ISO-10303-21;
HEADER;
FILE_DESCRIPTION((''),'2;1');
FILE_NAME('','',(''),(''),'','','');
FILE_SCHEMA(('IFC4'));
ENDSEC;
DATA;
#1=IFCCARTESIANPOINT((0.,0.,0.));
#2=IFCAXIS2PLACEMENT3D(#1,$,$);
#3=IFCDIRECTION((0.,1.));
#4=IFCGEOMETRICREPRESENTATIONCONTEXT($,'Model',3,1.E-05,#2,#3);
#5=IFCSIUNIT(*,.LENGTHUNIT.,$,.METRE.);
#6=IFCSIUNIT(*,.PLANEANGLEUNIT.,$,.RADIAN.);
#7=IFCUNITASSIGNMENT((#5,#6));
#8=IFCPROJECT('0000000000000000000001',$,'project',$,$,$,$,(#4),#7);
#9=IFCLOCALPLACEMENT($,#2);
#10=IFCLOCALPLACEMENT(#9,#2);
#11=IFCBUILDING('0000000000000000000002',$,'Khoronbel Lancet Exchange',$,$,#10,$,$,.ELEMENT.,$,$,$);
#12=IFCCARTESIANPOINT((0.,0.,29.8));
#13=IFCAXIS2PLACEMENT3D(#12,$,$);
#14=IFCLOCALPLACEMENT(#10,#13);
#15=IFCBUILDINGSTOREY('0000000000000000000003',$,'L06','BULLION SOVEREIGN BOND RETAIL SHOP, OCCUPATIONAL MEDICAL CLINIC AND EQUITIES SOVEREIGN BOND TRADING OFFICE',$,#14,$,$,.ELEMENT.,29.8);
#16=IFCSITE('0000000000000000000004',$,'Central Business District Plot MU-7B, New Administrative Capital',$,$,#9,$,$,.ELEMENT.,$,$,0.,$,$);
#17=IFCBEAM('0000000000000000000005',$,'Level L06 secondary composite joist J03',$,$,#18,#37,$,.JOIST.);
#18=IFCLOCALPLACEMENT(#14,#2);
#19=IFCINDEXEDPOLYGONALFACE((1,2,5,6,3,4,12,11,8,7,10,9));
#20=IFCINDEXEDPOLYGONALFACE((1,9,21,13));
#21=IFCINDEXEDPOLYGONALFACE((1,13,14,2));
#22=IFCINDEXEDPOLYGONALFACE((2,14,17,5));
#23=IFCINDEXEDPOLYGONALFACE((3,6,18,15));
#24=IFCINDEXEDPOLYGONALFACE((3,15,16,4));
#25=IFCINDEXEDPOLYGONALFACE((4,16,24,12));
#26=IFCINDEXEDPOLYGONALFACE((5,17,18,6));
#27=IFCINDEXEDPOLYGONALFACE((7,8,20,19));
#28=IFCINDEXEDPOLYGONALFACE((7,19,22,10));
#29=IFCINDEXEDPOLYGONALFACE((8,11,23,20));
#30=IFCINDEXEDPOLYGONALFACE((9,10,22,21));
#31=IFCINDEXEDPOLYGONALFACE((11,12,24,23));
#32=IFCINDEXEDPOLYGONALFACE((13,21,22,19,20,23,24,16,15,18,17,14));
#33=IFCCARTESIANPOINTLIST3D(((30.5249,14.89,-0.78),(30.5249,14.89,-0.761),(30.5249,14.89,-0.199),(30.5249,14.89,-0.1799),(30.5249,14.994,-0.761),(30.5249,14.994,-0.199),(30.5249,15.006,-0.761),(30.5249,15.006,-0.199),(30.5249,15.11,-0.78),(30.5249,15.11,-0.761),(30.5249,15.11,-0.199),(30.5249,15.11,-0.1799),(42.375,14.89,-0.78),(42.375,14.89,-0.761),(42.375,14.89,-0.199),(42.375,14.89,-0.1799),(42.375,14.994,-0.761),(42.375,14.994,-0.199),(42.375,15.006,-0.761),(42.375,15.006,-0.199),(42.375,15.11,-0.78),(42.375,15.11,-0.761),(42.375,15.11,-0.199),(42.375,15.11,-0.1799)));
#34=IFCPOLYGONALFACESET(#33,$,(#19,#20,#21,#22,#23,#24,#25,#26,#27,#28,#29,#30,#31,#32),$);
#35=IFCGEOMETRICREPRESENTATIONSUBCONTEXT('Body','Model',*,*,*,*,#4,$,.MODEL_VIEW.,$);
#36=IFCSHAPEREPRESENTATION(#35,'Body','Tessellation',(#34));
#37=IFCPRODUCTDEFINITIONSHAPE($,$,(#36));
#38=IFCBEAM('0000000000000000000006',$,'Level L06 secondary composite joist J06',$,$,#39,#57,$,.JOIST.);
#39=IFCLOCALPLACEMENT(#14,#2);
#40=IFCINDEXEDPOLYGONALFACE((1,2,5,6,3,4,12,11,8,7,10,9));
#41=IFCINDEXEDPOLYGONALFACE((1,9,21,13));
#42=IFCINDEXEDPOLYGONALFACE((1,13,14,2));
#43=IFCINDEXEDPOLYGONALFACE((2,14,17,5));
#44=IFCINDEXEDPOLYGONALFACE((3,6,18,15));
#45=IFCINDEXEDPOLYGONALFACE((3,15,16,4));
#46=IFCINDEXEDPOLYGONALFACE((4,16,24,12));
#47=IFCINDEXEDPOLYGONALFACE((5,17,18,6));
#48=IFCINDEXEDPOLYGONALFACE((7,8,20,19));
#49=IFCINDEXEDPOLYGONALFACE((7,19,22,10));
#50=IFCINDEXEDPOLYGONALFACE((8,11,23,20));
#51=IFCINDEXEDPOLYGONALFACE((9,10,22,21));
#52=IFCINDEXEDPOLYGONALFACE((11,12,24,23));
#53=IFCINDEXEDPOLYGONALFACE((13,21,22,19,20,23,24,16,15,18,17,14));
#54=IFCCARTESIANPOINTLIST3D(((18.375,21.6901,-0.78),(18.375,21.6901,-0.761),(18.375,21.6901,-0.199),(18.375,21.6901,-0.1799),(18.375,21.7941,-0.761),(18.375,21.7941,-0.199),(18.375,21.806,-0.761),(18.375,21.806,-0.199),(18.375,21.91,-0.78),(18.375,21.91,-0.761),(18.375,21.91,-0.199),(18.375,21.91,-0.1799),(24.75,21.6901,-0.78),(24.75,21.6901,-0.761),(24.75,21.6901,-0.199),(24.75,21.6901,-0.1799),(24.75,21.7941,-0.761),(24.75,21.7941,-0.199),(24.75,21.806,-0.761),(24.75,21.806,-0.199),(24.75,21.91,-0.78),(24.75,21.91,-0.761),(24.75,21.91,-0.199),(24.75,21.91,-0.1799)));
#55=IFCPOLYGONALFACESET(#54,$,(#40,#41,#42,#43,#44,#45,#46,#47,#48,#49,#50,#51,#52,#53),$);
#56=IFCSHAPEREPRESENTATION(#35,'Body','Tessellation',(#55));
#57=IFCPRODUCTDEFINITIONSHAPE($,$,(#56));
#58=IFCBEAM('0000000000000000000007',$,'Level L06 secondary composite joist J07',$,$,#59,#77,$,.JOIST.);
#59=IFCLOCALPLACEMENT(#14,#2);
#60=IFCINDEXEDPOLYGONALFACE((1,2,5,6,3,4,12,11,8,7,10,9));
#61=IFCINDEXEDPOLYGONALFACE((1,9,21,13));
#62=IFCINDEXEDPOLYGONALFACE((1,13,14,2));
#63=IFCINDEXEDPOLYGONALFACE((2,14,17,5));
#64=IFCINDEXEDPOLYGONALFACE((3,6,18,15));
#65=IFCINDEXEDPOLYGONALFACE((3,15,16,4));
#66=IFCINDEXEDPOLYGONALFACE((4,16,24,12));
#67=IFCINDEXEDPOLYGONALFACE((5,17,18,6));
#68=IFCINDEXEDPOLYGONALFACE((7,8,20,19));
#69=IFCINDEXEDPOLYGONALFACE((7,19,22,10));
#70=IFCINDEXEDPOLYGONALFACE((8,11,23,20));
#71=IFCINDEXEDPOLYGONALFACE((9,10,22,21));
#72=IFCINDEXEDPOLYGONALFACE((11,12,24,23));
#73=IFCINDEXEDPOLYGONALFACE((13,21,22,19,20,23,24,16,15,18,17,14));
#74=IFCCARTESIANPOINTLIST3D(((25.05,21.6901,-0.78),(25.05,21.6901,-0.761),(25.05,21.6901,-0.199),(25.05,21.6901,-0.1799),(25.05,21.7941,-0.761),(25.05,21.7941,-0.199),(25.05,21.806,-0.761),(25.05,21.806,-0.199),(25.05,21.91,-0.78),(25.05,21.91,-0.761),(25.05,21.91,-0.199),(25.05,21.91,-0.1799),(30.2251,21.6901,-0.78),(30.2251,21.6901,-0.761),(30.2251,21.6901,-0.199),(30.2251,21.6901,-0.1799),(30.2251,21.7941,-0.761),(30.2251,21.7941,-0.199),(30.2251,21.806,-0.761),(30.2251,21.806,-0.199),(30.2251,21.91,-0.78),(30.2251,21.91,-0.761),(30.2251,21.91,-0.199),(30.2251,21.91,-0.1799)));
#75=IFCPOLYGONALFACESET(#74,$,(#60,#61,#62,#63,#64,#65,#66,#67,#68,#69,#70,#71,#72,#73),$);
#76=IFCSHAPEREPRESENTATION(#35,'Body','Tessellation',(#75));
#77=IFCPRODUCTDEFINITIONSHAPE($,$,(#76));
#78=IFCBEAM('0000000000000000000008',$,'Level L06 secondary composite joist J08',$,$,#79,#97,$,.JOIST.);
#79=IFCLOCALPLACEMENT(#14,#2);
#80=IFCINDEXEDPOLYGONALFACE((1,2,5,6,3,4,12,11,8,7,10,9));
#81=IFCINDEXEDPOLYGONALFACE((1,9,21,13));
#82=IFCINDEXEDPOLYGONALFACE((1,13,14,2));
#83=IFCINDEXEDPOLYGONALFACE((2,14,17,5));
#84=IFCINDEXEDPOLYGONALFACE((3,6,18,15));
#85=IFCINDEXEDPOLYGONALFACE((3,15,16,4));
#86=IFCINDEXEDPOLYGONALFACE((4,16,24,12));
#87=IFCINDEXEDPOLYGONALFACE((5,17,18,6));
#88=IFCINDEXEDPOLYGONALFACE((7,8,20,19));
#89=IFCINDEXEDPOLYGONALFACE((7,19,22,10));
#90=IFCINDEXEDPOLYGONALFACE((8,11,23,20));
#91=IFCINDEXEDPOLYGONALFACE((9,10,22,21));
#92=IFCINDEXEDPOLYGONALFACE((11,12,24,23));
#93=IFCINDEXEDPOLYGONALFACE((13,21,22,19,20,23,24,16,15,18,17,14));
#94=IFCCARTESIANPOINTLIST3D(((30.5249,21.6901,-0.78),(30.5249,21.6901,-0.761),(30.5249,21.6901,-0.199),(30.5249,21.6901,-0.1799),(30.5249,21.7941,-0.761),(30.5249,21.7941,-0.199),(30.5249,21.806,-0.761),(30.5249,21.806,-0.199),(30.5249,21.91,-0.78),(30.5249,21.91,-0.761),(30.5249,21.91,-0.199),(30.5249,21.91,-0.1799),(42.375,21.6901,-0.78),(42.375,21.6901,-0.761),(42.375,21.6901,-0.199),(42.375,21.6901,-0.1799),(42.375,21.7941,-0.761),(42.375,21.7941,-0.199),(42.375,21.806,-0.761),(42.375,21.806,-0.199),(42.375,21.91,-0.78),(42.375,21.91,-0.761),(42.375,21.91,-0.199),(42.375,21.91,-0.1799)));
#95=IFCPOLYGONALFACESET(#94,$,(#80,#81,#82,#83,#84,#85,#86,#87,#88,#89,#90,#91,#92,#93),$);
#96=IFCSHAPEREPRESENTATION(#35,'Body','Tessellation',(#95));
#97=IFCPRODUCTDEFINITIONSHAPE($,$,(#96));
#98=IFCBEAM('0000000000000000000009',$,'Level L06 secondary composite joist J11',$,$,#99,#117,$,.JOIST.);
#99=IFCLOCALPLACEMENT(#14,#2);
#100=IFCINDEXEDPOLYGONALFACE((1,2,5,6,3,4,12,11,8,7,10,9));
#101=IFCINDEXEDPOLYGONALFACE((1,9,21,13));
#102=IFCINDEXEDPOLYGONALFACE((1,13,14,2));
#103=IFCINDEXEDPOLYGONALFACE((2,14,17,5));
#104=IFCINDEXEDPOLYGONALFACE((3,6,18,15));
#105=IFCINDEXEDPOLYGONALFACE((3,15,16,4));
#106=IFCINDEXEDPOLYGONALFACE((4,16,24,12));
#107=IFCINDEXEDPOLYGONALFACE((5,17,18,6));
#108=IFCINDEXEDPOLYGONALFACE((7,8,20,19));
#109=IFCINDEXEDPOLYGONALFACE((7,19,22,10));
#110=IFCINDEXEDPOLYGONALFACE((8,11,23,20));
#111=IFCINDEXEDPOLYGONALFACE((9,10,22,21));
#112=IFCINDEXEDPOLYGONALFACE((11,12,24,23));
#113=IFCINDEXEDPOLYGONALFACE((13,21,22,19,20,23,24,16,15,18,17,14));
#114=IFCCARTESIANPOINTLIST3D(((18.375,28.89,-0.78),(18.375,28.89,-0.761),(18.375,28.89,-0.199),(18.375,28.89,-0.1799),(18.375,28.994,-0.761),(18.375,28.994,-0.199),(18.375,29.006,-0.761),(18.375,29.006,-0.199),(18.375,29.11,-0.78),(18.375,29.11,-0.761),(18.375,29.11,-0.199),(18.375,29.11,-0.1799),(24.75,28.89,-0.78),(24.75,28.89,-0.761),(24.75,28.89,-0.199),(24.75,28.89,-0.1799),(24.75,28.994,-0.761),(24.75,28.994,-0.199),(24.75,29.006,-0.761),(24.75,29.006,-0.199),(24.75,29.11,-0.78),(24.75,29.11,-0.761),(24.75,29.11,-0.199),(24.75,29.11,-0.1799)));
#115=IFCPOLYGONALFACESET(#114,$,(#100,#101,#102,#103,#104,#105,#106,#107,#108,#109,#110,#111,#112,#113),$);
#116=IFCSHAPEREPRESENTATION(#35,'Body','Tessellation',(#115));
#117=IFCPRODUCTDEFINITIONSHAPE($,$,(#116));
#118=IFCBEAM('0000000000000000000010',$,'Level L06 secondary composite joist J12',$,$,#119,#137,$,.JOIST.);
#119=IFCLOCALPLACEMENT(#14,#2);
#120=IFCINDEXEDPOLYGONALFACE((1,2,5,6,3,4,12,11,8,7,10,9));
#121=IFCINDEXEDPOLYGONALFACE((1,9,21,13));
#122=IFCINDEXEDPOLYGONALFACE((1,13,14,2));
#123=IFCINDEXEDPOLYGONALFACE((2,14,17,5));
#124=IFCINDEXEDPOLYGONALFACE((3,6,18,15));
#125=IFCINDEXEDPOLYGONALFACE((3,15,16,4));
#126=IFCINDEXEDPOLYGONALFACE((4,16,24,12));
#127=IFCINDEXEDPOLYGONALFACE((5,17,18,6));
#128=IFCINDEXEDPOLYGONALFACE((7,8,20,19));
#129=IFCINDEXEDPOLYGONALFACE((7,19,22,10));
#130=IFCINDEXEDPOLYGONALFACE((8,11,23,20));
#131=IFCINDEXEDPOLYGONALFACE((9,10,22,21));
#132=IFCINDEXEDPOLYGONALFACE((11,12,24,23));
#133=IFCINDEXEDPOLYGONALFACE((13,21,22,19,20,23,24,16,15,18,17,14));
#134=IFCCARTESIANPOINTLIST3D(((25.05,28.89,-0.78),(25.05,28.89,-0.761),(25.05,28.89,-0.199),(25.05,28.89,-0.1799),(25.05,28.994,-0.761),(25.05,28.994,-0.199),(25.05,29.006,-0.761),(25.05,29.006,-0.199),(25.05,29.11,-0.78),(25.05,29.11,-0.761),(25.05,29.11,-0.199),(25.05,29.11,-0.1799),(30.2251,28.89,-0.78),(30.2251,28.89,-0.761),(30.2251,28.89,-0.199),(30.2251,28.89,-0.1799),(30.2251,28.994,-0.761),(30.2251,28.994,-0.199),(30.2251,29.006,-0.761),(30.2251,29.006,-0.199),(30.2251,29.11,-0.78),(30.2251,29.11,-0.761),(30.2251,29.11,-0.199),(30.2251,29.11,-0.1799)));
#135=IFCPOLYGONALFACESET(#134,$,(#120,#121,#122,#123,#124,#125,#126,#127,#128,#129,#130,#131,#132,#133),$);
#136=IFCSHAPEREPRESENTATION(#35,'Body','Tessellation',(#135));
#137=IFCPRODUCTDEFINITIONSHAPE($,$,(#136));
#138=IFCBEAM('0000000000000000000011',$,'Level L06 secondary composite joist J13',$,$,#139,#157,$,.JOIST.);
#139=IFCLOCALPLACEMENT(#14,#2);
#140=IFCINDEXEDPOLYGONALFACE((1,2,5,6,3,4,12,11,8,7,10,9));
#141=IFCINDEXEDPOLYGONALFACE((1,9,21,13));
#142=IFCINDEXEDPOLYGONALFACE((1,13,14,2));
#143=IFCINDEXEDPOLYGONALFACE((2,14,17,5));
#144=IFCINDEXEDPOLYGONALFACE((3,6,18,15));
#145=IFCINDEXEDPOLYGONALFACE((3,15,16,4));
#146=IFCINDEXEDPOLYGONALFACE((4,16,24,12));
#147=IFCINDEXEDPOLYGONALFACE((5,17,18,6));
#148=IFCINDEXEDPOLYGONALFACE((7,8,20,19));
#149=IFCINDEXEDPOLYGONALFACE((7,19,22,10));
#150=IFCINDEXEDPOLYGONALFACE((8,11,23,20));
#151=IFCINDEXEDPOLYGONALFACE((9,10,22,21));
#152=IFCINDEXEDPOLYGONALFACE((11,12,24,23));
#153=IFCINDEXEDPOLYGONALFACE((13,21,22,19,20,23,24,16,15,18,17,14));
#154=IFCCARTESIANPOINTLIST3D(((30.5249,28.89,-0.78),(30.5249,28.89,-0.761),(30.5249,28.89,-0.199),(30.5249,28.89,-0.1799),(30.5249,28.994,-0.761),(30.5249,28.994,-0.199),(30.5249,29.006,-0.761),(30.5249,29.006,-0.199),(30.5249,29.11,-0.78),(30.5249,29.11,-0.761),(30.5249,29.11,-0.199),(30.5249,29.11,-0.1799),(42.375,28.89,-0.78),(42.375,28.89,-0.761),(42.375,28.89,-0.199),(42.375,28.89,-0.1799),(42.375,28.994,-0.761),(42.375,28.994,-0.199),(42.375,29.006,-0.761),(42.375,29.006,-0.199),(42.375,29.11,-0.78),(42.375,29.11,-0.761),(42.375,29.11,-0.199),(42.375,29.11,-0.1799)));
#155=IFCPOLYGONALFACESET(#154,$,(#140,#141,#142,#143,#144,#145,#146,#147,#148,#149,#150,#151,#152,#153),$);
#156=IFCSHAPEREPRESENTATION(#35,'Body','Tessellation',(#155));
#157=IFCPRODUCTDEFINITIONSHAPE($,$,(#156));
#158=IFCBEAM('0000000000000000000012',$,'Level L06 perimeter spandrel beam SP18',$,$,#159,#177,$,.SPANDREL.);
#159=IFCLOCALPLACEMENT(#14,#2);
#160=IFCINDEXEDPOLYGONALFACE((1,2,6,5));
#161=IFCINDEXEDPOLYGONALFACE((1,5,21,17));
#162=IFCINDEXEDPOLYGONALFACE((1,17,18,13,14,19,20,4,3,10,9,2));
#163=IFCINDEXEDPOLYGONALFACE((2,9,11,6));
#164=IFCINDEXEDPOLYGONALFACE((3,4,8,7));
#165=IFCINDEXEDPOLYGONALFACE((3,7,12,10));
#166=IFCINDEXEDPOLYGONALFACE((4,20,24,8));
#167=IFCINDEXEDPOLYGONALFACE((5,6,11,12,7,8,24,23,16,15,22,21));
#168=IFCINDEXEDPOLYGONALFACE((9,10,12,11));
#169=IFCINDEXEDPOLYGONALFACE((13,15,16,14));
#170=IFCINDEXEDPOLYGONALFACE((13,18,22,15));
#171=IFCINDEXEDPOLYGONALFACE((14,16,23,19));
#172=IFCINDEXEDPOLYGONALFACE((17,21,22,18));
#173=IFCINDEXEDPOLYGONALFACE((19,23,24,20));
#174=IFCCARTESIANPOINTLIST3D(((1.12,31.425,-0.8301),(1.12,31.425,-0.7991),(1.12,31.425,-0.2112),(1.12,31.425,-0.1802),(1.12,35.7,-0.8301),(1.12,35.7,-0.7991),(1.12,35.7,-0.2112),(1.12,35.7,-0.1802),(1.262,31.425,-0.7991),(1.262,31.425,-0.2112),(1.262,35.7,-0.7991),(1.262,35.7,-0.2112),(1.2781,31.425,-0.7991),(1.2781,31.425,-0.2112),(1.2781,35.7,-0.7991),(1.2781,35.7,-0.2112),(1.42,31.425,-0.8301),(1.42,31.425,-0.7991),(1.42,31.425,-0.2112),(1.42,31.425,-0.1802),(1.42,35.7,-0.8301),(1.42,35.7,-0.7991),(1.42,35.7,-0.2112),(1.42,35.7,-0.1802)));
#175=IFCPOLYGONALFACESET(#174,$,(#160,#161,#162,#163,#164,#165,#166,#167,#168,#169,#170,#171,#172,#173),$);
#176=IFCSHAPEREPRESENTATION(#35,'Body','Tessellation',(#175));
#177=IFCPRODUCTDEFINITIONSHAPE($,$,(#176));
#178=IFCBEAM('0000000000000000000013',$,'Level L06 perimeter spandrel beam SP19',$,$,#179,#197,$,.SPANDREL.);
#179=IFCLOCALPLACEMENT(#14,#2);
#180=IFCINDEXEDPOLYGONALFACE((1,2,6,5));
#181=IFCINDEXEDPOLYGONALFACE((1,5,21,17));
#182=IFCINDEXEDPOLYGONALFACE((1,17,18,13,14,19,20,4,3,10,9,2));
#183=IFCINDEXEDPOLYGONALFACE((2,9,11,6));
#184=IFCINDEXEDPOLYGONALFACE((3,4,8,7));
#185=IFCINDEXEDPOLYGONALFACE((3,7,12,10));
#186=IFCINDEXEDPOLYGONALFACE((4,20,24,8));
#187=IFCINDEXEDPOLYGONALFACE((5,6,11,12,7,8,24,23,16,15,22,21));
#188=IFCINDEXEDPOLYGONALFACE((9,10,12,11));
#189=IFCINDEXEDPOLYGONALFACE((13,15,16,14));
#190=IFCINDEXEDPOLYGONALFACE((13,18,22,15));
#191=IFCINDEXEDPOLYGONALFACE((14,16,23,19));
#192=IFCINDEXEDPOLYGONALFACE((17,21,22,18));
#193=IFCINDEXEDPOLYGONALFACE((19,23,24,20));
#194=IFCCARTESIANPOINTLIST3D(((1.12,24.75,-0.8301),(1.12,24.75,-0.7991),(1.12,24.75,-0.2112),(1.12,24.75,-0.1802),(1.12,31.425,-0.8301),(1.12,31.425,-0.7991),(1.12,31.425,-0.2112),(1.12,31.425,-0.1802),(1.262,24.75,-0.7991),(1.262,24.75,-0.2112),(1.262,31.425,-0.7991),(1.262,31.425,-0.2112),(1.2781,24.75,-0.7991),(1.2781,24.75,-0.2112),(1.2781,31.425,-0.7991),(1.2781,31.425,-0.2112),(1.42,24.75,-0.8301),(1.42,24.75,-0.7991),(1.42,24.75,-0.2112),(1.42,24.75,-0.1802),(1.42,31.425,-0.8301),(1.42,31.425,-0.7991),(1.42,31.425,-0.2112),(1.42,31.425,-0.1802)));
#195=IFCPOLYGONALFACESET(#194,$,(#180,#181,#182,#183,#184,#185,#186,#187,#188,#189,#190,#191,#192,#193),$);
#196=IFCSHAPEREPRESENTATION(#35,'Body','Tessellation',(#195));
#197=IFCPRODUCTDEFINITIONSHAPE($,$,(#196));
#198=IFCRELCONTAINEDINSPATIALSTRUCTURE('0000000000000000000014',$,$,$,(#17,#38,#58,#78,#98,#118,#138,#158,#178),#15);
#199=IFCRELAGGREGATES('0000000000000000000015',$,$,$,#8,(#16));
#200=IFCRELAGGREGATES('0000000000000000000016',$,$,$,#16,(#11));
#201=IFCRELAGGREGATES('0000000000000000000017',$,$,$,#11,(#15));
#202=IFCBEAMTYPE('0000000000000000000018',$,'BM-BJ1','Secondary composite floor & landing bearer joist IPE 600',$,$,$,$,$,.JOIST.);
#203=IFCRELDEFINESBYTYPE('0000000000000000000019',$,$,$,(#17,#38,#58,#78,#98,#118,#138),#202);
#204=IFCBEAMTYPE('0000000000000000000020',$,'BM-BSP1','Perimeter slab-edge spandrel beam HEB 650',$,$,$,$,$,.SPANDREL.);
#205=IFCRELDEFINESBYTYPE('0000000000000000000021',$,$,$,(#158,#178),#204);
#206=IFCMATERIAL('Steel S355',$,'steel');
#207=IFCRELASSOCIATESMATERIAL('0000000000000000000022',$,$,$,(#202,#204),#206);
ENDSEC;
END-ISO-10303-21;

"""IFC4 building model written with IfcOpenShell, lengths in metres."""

from ifc_helpers import new_model, si_unit, direction, frame, origin, origin_2d, place, context, subcontext, project, spatial, i_section, extrude, material, material_profile, profile_set, type_object, element, save


model = new_model("IFC4")

# Units and contexts
model_context = context("Model", 3, precision=1e-05, world=origin(), true_north=direction((0.0, 1.0)))
body_context = subcontext(model_context, "Body", "Model", "MODEL_VIEW")
ifc_project = project(units=[si_unit("LENGTHUNIT", "METRE"), si_unit("PLANEANGLEUNIT", "RADIAN")], contexts=[model_context])

# Site, building, storey
site_placement = place(None, origin())
site = spatial("IfcSite", under=ifc_project, at=site_placement, Name="Central Business District Plot MU-7B, New Administrative Capital", CompositionType="ELEMENT", RefElevation=0.0)
building_placement = place(site_placement, origin())
building = spatial("IfcBuilding", under=site, at=building_placement, Name="Khoronbel Lancet Exchange", CompositionType="ELEMENT")
storey_placement = place(building_placement, frame((0.0, 0.0, 29.8)))
storey = spatial("IfcBuildingStorey", under=building, at=storey_placement, Name="L06", Description="BULLION SOVEREIGN BOND RETAIL SHOP, OCCUPATIONAL MEDICAL CLINIC AND EQUITIES SOVEREIGN BOND TRADING OFFICE", CompositionType="ELEMENT", Elevation=29.8)

# Shared definitions
ifc_material_1 = material(Name="Steel S355", Category="steel")

# Beams
ifc_material_profile_1 = material_profile(ifc_material_1, i_section(OverallWidth=0.22, OverallDepth=0.6001, WebThickness=0.012, FlangeThickness=0.019, at=origin_2d()), Name="IPE 600")
ifc_profile_set_1 = profile_set([ifc_material_profile_1], Name="Steel S355")
beam_type_1 = type_object("IfcBeamType", Name="BM-BJ1", Description="Secondary composite floor & landing bearer joist IPE 600", PredefinedType="JOIST", material=ifc_profile_set_1)
beam_1_placement = place(storey_placement, frame((30.5249, 15.0, -0.48), z_axis=(1.0, 0.0, 0.0), x_axis=(0.0, 1.0, 0.0)))
element("IfcBeam", 1, at=beam_1_placement, inside=storey, type_object=beam_type_1, Name="Level L06 secondary composite joist J03", PredefinedType="JOIST", context=body_context, shape_type="SweptSolid", body=[
    extrude(i_section(OverallWidth=0.22, OverallDepth=0.6001, WebThickness=0.012, FlangeThickness=0.019, at=origin_2d()), origin(), (0.0, 0.0, 1.0), 11.8501),
])
beam_2_placement = place(storey_placement, frame((18.375, 21.8, -0.48), z_axis=(1.0, 0.0, 0.0), x_axis=(0.0, 1.0, 0.0)))
element("IfcBeam", 2, at=beam_2_placement, inside=storey, type_object=beam_type_1, Name="Level L06 secondary composite joist J06", PredefinedType="JOIST", context=body_context, shape_type="SweptSolid", body=[
    extrude(i_section(OverallWidth=0.22, OverallDepth=0.6001, WebThickness=0.012, FlangeThickness=0.019, at=origin_2d()), origin(), (0.0, 0.0, 1.0), 6.375),
])
beam_3_placement = place(storey_placement, frame((25.05, 21.8, -0.48), z_axis=(1.0, 0.0, 0.0), x_axis=(0.0, 1.0, 0.0)))
element("IfcBeam", 3, at=beam_3_placement, inside=storey, type_object=beam_type_1, Name="Level L06 secondary composite joist J07", PredefinedType="JOIST", context=body_context, shape_type="SweptSolid", body=[
    extrude(i_section(OverallWidth=0.22, OverallDepth=0.6001, WebThickness=0.012, FlangeThickness=0.019, at=origin_2d()), origin(), (0.0, 0.0, 1.0), 5.175),
])
beam_4_placement = place(storey_placement, frame((30.5249, 21.8, -0.48), z_axis=(1.0, 0.0, 0.0), x_axis=(0.0, 1.0, 0.0)))
element("IfcBeam", 4, at=beam_4_placement, inside=storey, type_object=beam_type_1, Name="Level L06 secondary composite joist J08", PredefinedType="JOIST", context=body_context, shape_type="SweptSolid", body=[
    extrude(i_section(OverallWidth=0.22, OverallDepth=0.6001, WebThickness=0.012, FlangeThickness=0.019, at=origin_2d()), origin(), (0.0, 0.0, 1.0), 11.8501),
])
beam_5_placement = place(storey_placement, frame((18.375, 29.0, -0.48), z_axis=(1.0, 0.0, 0.0), x_axis=(0.0, 1.0, 0.0)))
element("IfcBeam", 5, at=beam_5_placement, inside=storey, type_object=beam_type_1, Name="Level L06 secondary composite joist J11", PredefinedType="JOIST", context=body_context, shape_type="SweptSolid", body=[
    extrude(i_section(OverallWidth=0.22, OverallDepth=0.6001, WebThickness=0.012, FlangeThickness=0.019, at=origin_2d()), origin(), (0.0, 0.0, 1.0), 6.375),
])
beam_6_placement = place(storey_placement, frame((25.05, 29.0, -0.48), z_axis=(1.0, 0.0, 0.0), x_axis=(0.0, 1.0, 0.0)))
element("IfcBeam", 6, at=beam_6_placement, inside=storey, type_object=beam_type_1, Name="Level L06 secondary composite joist J12", PredefinedType="JOIST", context=body_context, shape_type="SweptSolid", body=[
    extrude(i_section(OverallWidth=0.22, OverallDepth=0.6001, WebThickness=0.012, FlangeThickness=0.019, at=origin_2d()), origin(), (0.0, 0.0, 1.0), 5.175),
])
beam_7_placement = place(storey_placement, frame((30.5249, 29.0, -0.48), z_axis=(1.0, 0.0, 0.0), x_axis=(0.0, 1.0, 0.0)))
element("IfcBeam", 7, at=beam_7_placement, inside=storey, type_object=beam_type_1, Name="Level L06 secondary composite joist J13", PredefinedType="JOIST", context=body_context, shape_type="SweptSolid", body=[
    extrude(i_section(OverallWidth=0.22, OverallDepth=0.6001, WebThickness=0.012, FlangeThickness=0.019, at=origin_2d()), origin(), (0.0, 0.0, 1.0), 11.8501),
])
ifc_material_profile_2 = material_profile(ifc_material_1, i_section(OverallWidth=0.3, OverallDepth=0.6499, WebThickness=0.0161, FlangeThickness=0.031, at=origin_2d()), Name="HEB 650")
ifc_profile_set_2 = profile_set([ifc_material_profile_2], Name="Steel S355")
beam_type_2 = type_object("IfcBeamType", Name="BM-BSP1", Description="Perimeter slab-edge spandrel beam HEB 650", PredefinedType="SPANDREL", material=ifc_profile_set_2)
beam_8_placement = place(storey_placement, frame((1.27, 35.7, -0.5051), z_axis=(0.0, -1.0, 0.0), x_axis=(1.0, 0.0, 0.0)))
element("IfcBeam", 8, at=beam_8_placement, inside=storey, type_object=beam_type_2, Name="Level L06 perimeter spandrel beam SP18", PredefinedType="SPANDREL", context=body_context, shape_type="SweptSolid", body=[
    extrude(i_section(OverallWidth=0.3, OverallDepth=0.6499, WebThickness=0.0161, FlangeThickness=0.031, at=origin_2d()), origin(), (0.0, 0.0, 1.0), 4.2749),
])
beam_9_placement = place(storey_placement, frame((1.27, 31.425, -0.5051), z_axis=(0.0, -1.0, 0.0), x_axis=(1.0, 0.0, 0.0)))
element("IfcBeam", 9, at=beam_9_placement, inside=storey, type_object=beam_type_2, Name="Level L06 perimeter spandrel beam SP19", PredefinedType="SPANDREL", context=body_context, shape_type="SweptSolid", body=[
    extrude(i_section(OverallWidth=0.3, OverallDepth=0.6499, WebThickness=0.0161, FlangeThickness=0.031, at=origin_2d()), origin(), (0.0, 0.0, 1.0), 6.675),
])

save(model, "model.ifc")
